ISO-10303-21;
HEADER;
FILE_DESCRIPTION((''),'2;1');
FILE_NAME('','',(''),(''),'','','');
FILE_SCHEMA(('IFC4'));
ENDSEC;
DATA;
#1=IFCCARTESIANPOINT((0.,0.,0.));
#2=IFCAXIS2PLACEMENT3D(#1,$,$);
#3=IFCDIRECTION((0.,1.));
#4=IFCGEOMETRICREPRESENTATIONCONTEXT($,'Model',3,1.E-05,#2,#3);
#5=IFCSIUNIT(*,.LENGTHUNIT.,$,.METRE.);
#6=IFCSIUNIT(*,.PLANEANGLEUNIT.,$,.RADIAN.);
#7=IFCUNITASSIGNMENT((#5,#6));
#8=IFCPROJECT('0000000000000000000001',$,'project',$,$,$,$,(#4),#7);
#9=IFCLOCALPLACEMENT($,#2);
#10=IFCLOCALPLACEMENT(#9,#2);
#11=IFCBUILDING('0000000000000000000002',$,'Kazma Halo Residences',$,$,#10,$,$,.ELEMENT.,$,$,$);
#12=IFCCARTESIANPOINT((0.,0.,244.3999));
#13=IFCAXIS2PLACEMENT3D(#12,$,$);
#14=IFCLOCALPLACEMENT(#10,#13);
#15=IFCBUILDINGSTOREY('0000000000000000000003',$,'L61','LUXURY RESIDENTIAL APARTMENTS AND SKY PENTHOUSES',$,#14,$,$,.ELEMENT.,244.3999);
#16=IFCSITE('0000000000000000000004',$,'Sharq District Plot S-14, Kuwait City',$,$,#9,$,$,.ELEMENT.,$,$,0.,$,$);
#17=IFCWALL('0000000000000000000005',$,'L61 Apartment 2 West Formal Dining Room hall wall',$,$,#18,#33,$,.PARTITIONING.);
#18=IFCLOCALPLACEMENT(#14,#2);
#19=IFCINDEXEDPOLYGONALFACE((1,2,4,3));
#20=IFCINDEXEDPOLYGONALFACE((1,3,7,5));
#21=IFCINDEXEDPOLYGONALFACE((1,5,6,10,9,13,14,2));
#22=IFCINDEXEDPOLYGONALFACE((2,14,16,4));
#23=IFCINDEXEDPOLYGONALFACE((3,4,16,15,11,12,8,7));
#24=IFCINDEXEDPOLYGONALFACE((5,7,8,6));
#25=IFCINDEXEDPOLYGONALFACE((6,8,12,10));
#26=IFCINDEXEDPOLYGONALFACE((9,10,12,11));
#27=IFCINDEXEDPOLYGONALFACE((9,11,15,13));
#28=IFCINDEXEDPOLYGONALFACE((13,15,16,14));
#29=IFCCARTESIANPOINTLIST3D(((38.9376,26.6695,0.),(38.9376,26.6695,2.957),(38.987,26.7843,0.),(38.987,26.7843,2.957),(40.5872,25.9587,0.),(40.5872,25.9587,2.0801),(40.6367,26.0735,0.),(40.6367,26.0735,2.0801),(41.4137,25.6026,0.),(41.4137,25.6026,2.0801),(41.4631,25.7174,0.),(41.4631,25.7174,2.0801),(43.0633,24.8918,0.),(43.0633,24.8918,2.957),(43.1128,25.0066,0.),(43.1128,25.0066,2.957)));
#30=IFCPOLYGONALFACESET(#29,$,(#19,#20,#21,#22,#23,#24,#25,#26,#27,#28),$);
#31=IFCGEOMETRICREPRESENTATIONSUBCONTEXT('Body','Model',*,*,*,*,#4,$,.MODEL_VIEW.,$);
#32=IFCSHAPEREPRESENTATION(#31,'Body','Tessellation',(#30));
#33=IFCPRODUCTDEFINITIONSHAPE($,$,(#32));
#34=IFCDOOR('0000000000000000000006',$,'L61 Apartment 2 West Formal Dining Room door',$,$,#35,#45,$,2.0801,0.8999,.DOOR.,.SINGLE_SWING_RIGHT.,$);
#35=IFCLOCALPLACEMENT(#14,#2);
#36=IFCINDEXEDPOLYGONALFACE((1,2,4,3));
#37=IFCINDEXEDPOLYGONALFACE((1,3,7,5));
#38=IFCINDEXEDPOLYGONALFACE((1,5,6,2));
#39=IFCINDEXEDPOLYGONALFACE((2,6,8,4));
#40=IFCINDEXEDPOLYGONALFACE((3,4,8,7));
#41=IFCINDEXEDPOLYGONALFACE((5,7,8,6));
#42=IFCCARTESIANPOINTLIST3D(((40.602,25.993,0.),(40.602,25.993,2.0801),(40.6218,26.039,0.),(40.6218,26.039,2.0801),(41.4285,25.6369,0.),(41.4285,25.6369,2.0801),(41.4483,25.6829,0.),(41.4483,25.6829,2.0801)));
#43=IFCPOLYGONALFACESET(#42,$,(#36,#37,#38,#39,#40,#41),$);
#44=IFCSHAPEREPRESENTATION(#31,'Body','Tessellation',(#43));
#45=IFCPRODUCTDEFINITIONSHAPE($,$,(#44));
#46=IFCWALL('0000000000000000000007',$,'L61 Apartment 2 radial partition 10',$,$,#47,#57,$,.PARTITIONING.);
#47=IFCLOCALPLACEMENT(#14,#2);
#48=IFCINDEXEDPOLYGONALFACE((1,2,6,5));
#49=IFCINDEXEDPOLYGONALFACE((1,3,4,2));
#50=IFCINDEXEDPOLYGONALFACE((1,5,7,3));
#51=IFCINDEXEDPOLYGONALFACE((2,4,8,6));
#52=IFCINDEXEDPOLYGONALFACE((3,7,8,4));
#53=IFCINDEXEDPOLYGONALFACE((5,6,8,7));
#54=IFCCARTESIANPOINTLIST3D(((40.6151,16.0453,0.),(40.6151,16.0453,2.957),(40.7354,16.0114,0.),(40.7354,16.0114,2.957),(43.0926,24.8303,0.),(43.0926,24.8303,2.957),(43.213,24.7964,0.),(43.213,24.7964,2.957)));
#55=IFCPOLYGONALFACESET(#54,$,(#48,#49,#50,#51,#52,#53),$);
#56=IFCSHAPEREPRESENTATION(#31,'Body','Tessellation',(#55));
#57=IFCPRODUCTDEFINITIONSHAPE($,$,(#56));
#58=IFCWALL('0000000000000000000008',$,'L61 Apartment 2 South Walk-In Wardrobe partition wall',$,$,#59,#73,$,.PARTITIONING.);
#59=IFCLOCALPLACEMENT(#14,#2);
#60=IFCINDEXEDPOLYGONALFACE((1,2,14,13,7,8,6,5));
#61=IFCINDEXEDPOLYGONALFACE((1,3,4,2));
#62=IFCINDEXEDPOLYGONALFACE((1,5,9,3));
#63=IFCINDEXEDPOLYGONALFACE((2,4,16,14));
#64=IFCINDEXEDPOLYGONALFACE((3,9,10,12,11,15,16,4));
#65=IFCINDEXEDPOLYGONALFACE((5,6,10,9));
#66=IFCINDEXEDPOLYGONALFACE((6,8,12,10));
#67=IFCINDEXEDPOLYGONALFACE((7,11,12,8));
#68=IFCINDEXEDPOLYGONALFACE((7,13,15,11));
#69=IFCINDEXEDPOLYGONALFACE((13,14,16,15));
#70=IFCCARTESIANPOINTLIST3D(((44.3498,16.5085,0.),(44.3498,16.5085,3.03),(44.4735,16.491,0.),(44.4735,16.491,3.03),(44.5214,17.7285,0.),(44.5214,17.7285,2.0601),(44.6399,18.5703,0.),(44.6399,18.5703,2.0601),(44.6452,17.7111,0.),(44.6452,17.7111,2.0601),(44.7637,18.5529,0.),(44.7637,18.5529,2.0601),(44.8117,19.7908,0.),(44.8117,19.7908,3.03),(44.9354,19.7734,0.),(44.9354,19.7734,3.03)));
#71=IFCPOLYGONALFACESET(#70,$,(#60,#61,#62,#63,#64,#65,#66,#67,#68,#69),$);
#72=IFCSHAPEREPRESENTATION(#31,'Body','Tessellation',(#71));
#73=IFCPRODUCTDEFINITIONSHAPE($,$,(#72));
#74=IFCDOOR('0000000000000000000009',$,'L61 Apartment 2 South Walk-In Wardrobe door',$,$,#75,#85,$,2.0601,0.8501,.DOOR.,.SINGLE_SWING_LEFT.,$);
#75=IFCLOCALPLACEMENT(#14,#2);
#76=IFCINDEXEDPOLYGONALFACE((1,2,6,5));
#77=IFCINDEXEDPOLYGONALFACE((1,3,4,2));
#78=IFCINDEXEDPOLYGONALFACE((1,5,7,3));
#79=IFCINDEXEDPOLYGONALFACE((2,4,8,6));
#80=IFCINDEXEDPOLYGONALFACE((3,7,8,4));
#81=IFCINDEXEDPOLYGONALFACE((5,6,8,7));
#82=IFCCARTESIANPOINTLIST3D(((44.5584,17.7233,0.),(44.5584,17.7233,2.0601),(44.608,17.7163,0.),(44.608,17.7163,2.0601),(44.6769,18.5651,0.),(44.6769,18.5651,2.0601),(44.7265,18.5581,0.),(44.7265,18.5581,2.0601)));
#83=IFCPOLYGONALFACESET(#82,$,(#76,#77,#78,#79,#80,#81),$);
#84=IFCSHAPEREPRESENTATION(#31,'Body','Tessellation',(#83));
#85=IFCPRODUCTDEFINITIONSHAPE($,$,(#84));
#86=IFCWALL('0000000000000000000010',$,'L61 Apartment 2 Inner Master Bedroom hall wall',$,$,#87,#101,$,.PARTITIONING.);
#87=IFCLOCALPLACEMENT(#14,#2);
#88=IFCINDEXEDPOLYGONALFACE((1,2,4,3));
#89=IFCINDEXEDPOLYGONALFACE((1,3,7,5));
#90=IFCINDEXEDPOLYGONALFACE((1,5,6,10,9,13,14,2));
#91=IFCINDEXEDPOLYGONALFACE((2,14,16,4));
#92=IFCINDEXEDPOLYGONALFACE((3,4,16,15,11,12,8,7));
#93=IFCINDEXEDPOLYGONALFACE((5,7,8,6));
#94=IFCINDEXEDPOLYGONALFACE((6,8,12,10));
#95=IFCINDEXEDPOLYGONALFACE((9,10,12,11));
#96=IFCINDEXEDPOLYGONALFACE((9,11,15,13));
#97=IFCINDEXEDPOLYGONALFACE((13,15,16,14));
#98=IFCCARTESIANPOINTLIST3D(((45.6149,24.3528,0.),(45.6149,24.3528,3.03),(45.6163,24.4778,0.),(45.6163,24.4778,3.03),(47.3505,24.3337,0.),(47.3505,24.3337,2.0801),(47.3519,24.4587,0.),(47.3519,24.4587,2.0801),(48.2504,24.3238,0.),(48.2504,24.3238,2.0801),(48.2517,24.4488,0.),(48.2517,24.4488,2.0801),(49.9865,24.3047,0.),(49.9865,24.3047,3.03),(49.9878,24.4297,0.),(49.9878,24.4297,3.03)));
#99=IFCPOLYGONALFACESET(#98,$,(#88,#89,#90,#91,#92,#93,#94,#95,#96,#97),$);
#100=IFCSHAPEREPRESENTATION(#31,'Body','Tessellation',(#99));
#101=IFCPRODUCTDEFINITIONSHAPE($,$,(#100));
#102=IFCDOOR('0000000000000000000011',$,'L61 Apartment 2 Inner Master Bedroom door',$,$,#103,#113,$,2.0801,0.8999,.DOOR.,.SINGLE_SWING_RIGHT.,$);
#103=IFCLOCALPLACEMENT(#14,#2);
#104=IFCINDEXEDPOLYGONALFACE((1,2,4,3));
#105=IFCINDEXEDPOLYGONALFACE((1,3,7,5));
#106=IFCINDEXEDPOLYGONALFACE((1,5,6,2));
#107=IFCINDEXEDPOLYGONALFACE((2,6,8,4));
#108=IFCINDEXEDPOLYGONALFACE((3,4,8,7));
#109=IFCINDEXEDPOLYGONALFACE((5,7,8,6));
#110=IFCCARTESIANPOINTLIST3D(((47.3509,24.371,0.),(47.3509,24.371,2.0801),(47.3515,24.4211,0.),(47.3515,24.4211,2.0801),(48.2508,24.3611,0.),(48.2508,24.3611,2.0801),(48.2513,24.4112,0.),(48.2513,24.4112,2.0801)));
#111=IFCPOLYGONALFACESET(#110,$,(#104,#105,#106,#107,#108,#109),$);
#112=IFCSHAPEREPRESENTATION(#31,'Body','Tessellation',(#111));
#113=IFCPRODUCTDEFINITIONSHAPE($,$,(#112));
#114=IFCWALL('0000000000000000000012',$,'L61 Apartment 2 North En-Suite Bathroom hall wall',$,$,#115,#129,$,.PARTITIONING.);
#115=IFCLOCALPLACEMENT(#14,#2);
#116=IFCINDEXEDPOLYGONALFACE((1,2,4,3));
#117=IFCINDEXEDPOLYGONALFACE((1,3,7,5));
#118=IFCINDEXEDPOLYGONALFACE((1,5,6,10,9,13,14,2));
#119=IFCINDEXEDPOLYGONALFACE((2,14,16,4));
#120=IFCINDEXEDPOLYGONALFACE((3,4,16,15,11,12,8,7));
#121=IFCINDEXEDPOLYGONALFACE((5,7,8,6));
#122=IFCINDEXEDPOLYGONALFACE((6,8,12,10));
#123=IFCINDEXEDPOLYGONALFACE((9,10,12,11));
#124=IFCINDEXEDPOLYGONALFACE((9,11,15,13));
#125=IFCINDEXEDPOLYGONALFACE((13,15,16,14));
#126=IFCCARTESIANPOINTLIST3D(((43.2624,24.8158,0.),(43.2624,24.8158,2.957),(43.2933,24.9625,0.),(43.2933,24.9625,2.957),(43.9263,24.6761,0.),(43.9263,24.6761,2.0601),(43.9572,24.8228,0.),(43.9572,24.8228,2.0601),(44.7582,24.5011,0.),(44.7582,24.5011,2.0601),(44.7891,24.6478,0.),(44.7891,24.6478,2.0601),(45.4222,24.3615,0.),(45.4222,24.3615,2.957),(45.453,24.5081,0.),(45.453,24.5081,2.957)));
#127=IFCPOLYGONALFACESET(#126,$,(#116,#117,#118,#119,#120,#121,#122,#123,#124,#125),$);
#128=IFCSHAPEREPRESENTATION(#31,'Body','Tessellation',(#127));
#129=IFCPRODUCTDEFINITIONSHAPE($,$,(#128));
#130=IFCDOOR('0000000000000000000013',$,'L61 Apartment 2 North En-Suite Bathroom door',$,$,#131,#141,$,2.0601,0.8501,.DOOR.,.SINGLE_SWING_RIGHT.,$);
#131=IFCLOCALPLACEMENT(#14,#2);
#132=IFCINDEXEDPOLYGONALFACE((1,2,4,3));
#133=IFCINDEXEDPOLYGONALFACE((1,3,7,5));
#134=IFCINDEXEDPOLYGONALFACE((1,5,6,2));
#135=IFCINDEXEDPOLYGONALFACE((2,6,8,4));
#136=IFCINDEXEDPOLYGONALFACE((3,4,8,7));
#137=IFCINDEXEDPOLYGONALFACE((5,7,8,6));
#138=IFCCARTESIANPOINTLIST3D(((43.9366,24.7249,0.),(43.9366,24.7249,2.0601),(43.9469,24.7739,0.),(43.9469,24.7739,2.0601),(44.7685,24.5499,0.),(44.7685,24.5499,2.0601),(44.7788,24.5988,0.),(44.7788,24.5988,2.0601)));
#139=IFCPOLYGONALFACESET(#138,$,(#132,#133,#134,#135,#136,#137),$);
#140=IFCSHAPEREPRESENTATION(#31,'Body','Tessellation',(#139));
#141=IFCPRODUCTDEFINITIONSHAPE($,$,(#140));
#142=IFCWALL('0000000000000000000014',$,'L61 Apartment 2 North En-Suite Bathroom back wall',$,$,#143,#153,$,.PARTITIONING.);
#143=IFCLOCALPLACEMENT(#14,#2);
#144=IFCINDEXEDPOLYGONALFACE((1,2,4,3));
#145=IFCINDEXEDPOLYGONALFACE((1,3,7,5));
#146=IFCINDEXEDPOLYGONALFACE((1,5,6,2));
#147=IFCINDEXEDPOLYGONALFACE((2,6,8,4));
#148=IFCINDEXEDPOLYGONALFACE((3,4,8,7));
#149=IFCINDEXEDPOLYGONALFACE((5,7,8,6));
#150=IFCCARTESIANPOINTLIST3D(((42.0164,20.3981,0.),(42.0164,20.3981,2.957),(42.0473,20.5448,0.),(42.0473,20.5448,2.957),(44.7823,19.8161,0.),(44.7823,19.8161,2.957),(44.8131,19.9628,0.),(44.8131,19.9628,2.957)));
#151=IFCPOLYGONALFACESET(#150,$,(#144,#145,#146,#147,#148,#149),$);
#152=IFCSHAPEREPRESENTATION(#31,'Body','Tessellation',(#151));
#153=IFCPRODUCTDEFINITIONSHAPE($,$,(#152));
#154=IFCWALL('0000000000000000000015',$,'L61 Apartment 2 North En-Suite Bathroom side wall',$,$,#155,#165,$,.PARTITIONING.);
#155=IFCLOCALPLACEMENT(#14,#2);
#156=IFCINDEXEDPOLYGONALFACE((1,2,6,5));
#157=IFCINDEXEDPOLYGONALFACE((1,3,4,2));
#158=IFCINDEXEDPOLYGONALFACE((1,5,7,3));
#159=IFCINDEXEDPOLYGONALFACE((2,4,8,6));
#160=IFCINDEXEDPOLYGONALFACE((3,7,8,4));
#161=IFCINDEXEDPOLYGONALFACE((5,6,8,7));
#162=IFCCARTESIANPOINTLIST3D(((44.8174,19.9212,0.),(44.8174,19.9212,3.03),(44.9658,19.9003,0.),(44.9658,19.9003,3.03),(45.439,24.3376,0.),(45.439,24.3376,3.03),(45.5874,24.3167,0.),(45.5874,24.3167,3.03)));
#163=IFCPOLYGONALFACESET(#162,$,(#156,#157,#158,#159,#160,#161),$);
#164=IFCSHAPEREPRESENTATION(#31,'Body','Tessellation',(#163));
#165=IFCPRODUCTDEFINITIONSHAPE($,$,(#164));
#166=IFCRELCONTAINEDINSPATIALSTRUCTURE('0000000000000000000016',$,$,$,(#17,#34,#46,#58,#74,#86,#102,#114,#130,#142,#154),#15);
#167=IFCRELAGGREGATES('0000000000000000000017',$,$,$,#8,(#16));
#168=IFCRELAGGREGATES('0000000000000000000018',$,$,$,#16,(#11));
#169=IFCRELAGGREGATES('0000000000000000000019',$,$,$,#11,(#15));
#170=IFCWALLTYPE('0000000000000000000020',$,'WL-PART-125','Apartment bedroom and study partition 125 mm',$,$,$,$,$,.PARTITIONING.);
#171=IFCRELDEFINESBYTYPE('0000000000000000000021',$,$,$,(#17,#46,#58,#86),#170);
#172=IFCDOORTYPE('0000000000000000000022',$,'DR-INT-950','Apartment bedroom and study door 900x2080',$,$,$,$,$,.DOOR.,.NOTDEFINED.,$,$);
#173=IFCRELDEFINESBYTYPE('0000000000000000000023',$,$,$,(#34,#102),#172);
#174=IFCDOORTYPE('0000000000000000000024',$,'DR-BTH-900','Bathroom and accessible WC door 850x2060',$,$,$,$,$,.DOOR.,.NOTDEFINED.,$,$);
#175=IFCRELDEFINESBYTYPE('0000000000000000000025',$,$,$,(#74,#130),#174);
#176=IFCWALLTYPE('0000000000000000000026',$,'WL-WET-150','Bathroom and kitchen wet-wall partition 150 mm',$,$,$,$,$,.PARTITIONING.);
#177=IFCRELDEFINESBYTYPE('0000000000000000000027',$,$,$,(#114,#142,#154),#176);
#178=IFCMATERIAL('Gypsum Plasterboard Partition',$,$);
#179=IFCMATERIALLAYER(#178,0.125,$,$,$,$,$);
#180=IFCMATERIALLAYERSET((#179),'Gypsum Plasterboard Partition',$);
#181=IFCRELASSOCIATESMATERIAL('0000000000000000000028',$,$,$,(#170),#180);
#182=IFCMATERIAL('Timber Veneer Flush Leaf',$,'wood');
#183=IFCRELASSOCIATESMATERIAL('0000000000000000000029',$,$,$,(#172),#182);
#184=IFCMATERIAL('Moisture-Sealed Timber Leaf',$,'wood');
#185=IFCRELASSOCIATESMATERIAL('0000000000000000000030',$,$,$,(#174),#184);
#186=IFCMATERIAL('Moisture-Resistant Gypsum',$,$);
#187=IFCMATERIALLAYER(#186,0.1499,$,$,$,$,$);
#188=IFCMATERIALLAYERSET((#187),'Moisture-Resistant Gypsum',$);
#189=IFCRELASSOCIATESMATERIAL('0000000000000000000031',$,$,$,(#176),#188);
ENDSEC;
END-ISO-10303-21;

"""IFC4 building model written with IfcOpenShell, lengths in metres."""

from ifc_helpers import new_model, si_unit, direction, frame, frame_2d, origin, place, context, subcontext, project, spatial, rectangle, extrude, material, layer, layer_set, type_object, element, fill, save


model = new_model("IFC4")

# Units and contexts
model_context = context("Model", 3, precision=1e-05, world=origin(), true_north=direction((0.0, 1.0)))
body_context = subcontext(model_context, "Body", "Model", "MODEL_VIEW")
ifc_project = project(units=[si_unit("LENGTHUNIT", "METRE"), si_unit("PLANEANGLEUNIT", "RADIAN")], contexts=[model_context])

# Site, building, storey
site_placement = place(None, origin())
site = spatial("IfcSite", under=ifc_project, at=site_placement, Name="Sharq District Plot S-14, Kuwait City", CompositionType="ELEMENT", RefElevation=0.0)
building_placement = place(site_placement, origin())
building = spatial("IfcBuilding", under=site, at=building_placement, Name="Kazma Halo Residences", CompositionType="ELEMENT")
storey_placement = place(building_placement, frame((0.0, 0.0, 244.3999)))
storey = spatial("IfcBuildingStorey", under=building, at=storey_placement, Name="L61", Description="LUXURY RESIDENTIAL APARTMENTS AND SKY PENTHOUSES", CompositionType="ELEMENT", Elevation=244.3999)

# Shared definitions
ifc_material_1 = material(Name="Gypsum Plasterboard Partition")
ifc_layer_1 = layer(ifc_material_1, 0.125)
ifc_layer_set_1 = layer_set([ifc_layer_1], Name="Gypsum Plasterboard Partition")
wall_type_1 = type_object("IfcWallType", Name="WL-PART-125", Description="Apartment bedroom and study partition 125 mm", PredefinedType="PARTITIONING", material=ifc_layer_set_1)

# Wall, opening, door
wall_1_placement = place(storey_placement, frame((38.9624, 26.7268, 0.0), z_axis=(0.0, 0.0, 1.0), x_axis=(0.918384, -0.395689, 0.0)))
wall_1 = element("IfcWall", 1, at=wall_1_placement, inside=storey, type_object=wall_type_1, Name="L61 Apartment 2 West Formal Dining Room hall wall", PredefinedType="PARTITIONING", context=body_context, shape_type="SweptSolid", body=[
    extrude(rectangle(XDim=4.4924, YDim=0.125, at=frame_2d((2.2461, 0.0))), origin(), (0.0, 0.0, 1.0), 2.957),
])
opening_1_placement = place(wall_1_placement, frame((1.7961, 0.0, 0.0)))
opening_1 = element("IfcOpeningElement", 2, at=opening_1_placement, cuts=wall_1, PredefinedType="OPENING", context=body_context, shape_type="SweptSolid", body=[
    extrude(rectangle(XDim=0.8999, YDim=2.0801, at=frame_2d((0.45, 1.04))), frame((0.0, 0.0725, 0.0), z_axis=(0.0, -1.0, 0.0), x_axis=(1.0, 0.0, 0.0)), (0.0, 0.0, 1.0), 0.145),
])
ifc_material_2 = material(Name="Timber Veneer Flush Leaf", Category="wood")
door_type_1 = type_object("IfcDoorType", Name="DR-INT-950", Description="Apartment bedroom and study door 900x2080", OperationType="NOTDEFINED", PredefinedType="DOOR", material=ifc_material_2)
door_1_placement = place(opening_1_placement, origin())
door_1 = element("IfcDoor", 3, at=door_1_placement, inside=storey, type_object=door_type_1, Name="L61 Apartment 2 West Formal Dining Room door", OperationType="SINGLE_SWING_RIGHT", OverallHeight=2.0801, OverallWidth=0.8999, PredefinedType="DOOR", context=body_context, shape_type="SweptSolid", body=[
    extrude(rectangle(XDim=0.8999, YDim=2.0801, at=frame_2d((0.45, 1.04))), frame((0.0, 0.0249, 0.0), z_axis=(0.0, -1.0, 0.0), x_axis=(1.0, 0.0, 0.0)), (0.0, 0.0, 1.0), 0.05),
])
fill(opening_1, door_1)

# Wall
wall_2_placement = place(storey_placement, frame((43.1528, 24.8135, 0.0), z_axis=(0.0, 0.0, 1.0), x_axis=(-0.271434, -0.962457, 0.0)))
element("IfcWall", 4, at=wall_2_placement, inside=storey, type_object=wall_type_1, Name="L61 Apartment 2 radial partition 10", PredefinedType="PARTITIONING", context=body_context, shape_type="SweptSolid", body=[
    extrude(rectangle(XDim=9.1277, YDim=0.125, at=frame_2d((4.564, 0.0))), origin(), (0.0, 0.0, 1.0), 2.957),
])

# Walls, openings, doors
wall_3_placement = place(storey_placement, frame((44.8735, 19.782, 0.0), z_axis=(0.0, 0.0, 1.0), x_axis=(-0.139348, -0.990243, 0.0)))
wall_3 = element("IfcWall", 5, at=wall_3_placement, inside=storey, type_object=wall_type_1, Name="L61 Apartment 2 South Walk-In Wardrobe partition wall", PredefinedType="PARTITIONING", context=body_context, shape_type="SweptSolid", body=[
    extrude(rectangle(XDim=3.3147, YDim=0.125, at=frame_2d((1.6572, 0.0))), origin(), (0.0, 0.0, 1.0), 3.03),
])
opening_2_placement = place(wall_3_placement, frame((1.2324, 0.0, 0.0)))
opening_2 = element("IfcOpeningElement", 6, at=opening_2_placement, cuts=wall_3, PredefinedType="OPENING", context=body_context, shape_type="SweptSolid", body=[
    extrude(rectangle(XDim=0.8501, YDim=2.0601, at=frame_2d((0.425, 1.03))), frame((0.0, 0.0725, 0.0), z_axis=(0.0, -1.0, 0.0), x_axis=(1.0, 0.0, 0.0)), (0.0, 0.0, 1.0), 0.145),
])
ifc_material_3 = material(Name="Moisture-Sealed Timber Leaf", Category="wood")
door_type_2 = type_object("IfcDoorType", Name="DR-BTH-900", Description="Bathroom and accessible WC door 850x2060", OperationType="NOTDEFINED", PredefinedType="DOOR", material=ifc_material_3)
door_2_placement = place(opening_2_placement, origin())
door_2 = element("IfcDoor", 7, at=door_2_placement, inside=storey, type_object=door_type_2, Name="L61 Apartment 2 South Walk-In Wardrobe door", OperationType="SINGLE_SWING_LEFT", OverallHeight=2.0601, OverallWidth=0.8501, PredefinedType="DOOR", context=body_context, shape_type="SweptSolid", body=[
    extrude(rectangle(XDim=0.8501, YDim=2.0601, at=frame_2d((0.425, 1.03))), frame((0.0, 0.0249, 0.0), z_axis=(0.0, -1.0, 0.0), x_axis=(1.0, 0.0, 0.0)), (0.0, 0.0, 1.0), 0.05),
])
fill(opening_2, door_2)
wall_4_placement = place(storey_placement, frame((45.6155, 24.4153, 0.0), z_axis=(0.0, 0.0, 1.0), x_axis=(0.999939, -0.011001, 0.0)))
wall_4 = element("IfcWall", 8, at=wall_4_placement, inside=storey, type_object=wall_type_1, Name="L61 Apartment 2 Inner Master Bedroom hall wall", PredefinedType="PARTITIONING", context=body_context, shape_type="SweptSolid", body=[
    extrude(rectangle(XDim=4.3718, YDim=0.125, at=frame_2d((2.186, 0.0))), origin(), (0.0, 0.0, 1.0), 3.03),
])
opening_3_placement = place(wall_4_placement, frame((1.7358, 0.0, 0.0)))
opening_3 = element("IfcOpeningElement", 9, at=opening_3_placement, cuts=wall_4, PredefinedType="OPENING", context=body_context, shape_type="SweptSolid", body=[
    extrude(rectangle(XDim=0.8999, YDim=2.0801, at=frame_2d((0.45, 1.04))), frame((0.0, 0.0725, 0.0), z_axis=(0.0, -1.0, 0.0), x_axis=(1.0, 0.0, 0.0)), (0.0, 0.0, 1.0), 0.145),
])
door_3_placement = place(opening_3_placement, origin())
door_3 = element("IfcDoor", 10, at=door_3_placement, inside=storey, type_object=door_type_1, Name="L61 Apartment 2 Inner Master Bedroom door", OperationType="SINGLE_SWING_RIGHT", OverallHeight=2.0801, OverallWidth=0.8999, PredefinedType="DOOR", context=body_context, shape_type="SweptSolid", body=[
    extrude(rectangle(XDim=0.8999, YDim=2.0801, at=frame_2d((0.45, 1.04))), frame((0.0, 0.0249, 0.0), z_axis=(0.0, -1.0, 0.0), x_axis=(1.0, 0.0, 0.0)), (0.0, 0.0, 1.0), 0.05),
])
fill(opening_3, door_3)
ifc_material_4 = material(Name="Moisture-Resistant Gypsum")
ifc_layer_2 = layer(ifc_material_4, 0.1499)
ifc_layer_set_2 = layer_set([ifc_layer_2], Name="Moisture-Resistant Gypsum")
wall_type_2 = type_object("IfcWallType", Name="WL-WET-150", Description="Bathroom and kitchen wet-wall partition 150 mm", PredefinedType="PARTITIONING", material=ifc_layer_set_2)
wall_5_placement = place(storey_placement, frame((43.2778, 24.8892, 0.0), z_axis=(0.0, 0.0, 1.0), x_axis=(0.978579, -0.205871, 0.0)))
wall_5 = element("IfcWall", 11, at=wall_5_placement, inside=storey, type_object=wall_type_2, Name="L61 Apartment 2 North En-Suite Bathroom hall wall", PredefinedType="PARTITIONING", context=body_context, shape_type="SweptSolid", body=[
    extrude(rectangle(XDim=2.207, YDim=0.1499, at=frame_2d((1.1035, 0.0))), origin(), (0.0, 0.0, 1.0), 2.957),
])
opening_4_placement = place(wall_5_placement, frame((0.6785, 0.0, 0.0)))
opening_4 = element("IfcOpeningElement", 12, at=opening_4_placement, cuts=wall_5, PredefinedType="OPENING", context=body_context, shape_type="SweptSolid", body=[
    extrude(rectangle(XDim=0.8501, YDim=2.0601, at=frame_2d((0.425, 1.03))), frame((0.0, 0.085, 0.0), z_axis=(0.0, -1.0, 0.0), x_axis=(1.0, 0.0, 0.0)), (0.0, 0.0, 1.0), 0.1699),
])
door_4_placement = place(opening_4_placement, origin())
door_4 = element("IfcDoor", 13, at=door_4_placement, inside=storey, type_object=door_type_2, Name="L61 Apartment 2 North En-Suite Bathroom door", OperationType="SINGLE_SWING_RIGHT", OverallHeight=2.0601, OverallWidth=0.8501, PredefinedType="DOOR", context=body_context, shape_type="SweptSolid", body=[
    extrude(rectangle(XDim=0.8501, YDim=2.0601, at=frame_2d((0.425, 1.03))), frame((0.0, 0.0249, 0.0), z_axis=(0.0, -1.0, 0.0), x_axis=(1.0, 0.0, 0.0)), (0.0, 0.0, 1.0), 0.05),
])
fill(opening_4, door_4)

# Walls
wall_6_placement = place(storey_placement, frame((42.032, 20.4714, 0.0), z_axis=(0.0, 0.0, 1.0), x_axis=(0.978568, -0.205923, 0.0)))
element("IfcWall", 14, at=wall_6_placement, inside=storey, type_object=wall_type_2, Name="L61 Apartment 2 North En-Suite Bathroom back wall", PredefinedType="PARTITIONING", context=body_context, shape_type="SweptSolid", body=[
    extrude(rectangle(XDim=2.8264, YDim=0.1499, at=frame_2d((1.4131, 0.0))), origin(), (0.0, 0.0, 1.0), 2.957),
])
wall_7_placement = place(storey_placement, frame((45.5132, 24.3271, 0.0), z_axis=(0.0, 0.0, 1.0), x_axis=(-0.139367, -0.990241, 0.0)))
element("IfcWall", 15, at=wall_7_placement, inside=storey, type_object=wall_type_2, Name="L61 Apartment 2 North En-Suite Bathroom side wall", PredefinedType="PARTITIONING", context=body_context, shape_type="SweptSolid", body=[
    extrude(rectangle(XDim=4.46, YDim=0.1499, at=frame_2d((2.23, 0.0))), origin(), (0.0, 0.0, 1.0), 3.03),
])

save(model, "model.ifc")
